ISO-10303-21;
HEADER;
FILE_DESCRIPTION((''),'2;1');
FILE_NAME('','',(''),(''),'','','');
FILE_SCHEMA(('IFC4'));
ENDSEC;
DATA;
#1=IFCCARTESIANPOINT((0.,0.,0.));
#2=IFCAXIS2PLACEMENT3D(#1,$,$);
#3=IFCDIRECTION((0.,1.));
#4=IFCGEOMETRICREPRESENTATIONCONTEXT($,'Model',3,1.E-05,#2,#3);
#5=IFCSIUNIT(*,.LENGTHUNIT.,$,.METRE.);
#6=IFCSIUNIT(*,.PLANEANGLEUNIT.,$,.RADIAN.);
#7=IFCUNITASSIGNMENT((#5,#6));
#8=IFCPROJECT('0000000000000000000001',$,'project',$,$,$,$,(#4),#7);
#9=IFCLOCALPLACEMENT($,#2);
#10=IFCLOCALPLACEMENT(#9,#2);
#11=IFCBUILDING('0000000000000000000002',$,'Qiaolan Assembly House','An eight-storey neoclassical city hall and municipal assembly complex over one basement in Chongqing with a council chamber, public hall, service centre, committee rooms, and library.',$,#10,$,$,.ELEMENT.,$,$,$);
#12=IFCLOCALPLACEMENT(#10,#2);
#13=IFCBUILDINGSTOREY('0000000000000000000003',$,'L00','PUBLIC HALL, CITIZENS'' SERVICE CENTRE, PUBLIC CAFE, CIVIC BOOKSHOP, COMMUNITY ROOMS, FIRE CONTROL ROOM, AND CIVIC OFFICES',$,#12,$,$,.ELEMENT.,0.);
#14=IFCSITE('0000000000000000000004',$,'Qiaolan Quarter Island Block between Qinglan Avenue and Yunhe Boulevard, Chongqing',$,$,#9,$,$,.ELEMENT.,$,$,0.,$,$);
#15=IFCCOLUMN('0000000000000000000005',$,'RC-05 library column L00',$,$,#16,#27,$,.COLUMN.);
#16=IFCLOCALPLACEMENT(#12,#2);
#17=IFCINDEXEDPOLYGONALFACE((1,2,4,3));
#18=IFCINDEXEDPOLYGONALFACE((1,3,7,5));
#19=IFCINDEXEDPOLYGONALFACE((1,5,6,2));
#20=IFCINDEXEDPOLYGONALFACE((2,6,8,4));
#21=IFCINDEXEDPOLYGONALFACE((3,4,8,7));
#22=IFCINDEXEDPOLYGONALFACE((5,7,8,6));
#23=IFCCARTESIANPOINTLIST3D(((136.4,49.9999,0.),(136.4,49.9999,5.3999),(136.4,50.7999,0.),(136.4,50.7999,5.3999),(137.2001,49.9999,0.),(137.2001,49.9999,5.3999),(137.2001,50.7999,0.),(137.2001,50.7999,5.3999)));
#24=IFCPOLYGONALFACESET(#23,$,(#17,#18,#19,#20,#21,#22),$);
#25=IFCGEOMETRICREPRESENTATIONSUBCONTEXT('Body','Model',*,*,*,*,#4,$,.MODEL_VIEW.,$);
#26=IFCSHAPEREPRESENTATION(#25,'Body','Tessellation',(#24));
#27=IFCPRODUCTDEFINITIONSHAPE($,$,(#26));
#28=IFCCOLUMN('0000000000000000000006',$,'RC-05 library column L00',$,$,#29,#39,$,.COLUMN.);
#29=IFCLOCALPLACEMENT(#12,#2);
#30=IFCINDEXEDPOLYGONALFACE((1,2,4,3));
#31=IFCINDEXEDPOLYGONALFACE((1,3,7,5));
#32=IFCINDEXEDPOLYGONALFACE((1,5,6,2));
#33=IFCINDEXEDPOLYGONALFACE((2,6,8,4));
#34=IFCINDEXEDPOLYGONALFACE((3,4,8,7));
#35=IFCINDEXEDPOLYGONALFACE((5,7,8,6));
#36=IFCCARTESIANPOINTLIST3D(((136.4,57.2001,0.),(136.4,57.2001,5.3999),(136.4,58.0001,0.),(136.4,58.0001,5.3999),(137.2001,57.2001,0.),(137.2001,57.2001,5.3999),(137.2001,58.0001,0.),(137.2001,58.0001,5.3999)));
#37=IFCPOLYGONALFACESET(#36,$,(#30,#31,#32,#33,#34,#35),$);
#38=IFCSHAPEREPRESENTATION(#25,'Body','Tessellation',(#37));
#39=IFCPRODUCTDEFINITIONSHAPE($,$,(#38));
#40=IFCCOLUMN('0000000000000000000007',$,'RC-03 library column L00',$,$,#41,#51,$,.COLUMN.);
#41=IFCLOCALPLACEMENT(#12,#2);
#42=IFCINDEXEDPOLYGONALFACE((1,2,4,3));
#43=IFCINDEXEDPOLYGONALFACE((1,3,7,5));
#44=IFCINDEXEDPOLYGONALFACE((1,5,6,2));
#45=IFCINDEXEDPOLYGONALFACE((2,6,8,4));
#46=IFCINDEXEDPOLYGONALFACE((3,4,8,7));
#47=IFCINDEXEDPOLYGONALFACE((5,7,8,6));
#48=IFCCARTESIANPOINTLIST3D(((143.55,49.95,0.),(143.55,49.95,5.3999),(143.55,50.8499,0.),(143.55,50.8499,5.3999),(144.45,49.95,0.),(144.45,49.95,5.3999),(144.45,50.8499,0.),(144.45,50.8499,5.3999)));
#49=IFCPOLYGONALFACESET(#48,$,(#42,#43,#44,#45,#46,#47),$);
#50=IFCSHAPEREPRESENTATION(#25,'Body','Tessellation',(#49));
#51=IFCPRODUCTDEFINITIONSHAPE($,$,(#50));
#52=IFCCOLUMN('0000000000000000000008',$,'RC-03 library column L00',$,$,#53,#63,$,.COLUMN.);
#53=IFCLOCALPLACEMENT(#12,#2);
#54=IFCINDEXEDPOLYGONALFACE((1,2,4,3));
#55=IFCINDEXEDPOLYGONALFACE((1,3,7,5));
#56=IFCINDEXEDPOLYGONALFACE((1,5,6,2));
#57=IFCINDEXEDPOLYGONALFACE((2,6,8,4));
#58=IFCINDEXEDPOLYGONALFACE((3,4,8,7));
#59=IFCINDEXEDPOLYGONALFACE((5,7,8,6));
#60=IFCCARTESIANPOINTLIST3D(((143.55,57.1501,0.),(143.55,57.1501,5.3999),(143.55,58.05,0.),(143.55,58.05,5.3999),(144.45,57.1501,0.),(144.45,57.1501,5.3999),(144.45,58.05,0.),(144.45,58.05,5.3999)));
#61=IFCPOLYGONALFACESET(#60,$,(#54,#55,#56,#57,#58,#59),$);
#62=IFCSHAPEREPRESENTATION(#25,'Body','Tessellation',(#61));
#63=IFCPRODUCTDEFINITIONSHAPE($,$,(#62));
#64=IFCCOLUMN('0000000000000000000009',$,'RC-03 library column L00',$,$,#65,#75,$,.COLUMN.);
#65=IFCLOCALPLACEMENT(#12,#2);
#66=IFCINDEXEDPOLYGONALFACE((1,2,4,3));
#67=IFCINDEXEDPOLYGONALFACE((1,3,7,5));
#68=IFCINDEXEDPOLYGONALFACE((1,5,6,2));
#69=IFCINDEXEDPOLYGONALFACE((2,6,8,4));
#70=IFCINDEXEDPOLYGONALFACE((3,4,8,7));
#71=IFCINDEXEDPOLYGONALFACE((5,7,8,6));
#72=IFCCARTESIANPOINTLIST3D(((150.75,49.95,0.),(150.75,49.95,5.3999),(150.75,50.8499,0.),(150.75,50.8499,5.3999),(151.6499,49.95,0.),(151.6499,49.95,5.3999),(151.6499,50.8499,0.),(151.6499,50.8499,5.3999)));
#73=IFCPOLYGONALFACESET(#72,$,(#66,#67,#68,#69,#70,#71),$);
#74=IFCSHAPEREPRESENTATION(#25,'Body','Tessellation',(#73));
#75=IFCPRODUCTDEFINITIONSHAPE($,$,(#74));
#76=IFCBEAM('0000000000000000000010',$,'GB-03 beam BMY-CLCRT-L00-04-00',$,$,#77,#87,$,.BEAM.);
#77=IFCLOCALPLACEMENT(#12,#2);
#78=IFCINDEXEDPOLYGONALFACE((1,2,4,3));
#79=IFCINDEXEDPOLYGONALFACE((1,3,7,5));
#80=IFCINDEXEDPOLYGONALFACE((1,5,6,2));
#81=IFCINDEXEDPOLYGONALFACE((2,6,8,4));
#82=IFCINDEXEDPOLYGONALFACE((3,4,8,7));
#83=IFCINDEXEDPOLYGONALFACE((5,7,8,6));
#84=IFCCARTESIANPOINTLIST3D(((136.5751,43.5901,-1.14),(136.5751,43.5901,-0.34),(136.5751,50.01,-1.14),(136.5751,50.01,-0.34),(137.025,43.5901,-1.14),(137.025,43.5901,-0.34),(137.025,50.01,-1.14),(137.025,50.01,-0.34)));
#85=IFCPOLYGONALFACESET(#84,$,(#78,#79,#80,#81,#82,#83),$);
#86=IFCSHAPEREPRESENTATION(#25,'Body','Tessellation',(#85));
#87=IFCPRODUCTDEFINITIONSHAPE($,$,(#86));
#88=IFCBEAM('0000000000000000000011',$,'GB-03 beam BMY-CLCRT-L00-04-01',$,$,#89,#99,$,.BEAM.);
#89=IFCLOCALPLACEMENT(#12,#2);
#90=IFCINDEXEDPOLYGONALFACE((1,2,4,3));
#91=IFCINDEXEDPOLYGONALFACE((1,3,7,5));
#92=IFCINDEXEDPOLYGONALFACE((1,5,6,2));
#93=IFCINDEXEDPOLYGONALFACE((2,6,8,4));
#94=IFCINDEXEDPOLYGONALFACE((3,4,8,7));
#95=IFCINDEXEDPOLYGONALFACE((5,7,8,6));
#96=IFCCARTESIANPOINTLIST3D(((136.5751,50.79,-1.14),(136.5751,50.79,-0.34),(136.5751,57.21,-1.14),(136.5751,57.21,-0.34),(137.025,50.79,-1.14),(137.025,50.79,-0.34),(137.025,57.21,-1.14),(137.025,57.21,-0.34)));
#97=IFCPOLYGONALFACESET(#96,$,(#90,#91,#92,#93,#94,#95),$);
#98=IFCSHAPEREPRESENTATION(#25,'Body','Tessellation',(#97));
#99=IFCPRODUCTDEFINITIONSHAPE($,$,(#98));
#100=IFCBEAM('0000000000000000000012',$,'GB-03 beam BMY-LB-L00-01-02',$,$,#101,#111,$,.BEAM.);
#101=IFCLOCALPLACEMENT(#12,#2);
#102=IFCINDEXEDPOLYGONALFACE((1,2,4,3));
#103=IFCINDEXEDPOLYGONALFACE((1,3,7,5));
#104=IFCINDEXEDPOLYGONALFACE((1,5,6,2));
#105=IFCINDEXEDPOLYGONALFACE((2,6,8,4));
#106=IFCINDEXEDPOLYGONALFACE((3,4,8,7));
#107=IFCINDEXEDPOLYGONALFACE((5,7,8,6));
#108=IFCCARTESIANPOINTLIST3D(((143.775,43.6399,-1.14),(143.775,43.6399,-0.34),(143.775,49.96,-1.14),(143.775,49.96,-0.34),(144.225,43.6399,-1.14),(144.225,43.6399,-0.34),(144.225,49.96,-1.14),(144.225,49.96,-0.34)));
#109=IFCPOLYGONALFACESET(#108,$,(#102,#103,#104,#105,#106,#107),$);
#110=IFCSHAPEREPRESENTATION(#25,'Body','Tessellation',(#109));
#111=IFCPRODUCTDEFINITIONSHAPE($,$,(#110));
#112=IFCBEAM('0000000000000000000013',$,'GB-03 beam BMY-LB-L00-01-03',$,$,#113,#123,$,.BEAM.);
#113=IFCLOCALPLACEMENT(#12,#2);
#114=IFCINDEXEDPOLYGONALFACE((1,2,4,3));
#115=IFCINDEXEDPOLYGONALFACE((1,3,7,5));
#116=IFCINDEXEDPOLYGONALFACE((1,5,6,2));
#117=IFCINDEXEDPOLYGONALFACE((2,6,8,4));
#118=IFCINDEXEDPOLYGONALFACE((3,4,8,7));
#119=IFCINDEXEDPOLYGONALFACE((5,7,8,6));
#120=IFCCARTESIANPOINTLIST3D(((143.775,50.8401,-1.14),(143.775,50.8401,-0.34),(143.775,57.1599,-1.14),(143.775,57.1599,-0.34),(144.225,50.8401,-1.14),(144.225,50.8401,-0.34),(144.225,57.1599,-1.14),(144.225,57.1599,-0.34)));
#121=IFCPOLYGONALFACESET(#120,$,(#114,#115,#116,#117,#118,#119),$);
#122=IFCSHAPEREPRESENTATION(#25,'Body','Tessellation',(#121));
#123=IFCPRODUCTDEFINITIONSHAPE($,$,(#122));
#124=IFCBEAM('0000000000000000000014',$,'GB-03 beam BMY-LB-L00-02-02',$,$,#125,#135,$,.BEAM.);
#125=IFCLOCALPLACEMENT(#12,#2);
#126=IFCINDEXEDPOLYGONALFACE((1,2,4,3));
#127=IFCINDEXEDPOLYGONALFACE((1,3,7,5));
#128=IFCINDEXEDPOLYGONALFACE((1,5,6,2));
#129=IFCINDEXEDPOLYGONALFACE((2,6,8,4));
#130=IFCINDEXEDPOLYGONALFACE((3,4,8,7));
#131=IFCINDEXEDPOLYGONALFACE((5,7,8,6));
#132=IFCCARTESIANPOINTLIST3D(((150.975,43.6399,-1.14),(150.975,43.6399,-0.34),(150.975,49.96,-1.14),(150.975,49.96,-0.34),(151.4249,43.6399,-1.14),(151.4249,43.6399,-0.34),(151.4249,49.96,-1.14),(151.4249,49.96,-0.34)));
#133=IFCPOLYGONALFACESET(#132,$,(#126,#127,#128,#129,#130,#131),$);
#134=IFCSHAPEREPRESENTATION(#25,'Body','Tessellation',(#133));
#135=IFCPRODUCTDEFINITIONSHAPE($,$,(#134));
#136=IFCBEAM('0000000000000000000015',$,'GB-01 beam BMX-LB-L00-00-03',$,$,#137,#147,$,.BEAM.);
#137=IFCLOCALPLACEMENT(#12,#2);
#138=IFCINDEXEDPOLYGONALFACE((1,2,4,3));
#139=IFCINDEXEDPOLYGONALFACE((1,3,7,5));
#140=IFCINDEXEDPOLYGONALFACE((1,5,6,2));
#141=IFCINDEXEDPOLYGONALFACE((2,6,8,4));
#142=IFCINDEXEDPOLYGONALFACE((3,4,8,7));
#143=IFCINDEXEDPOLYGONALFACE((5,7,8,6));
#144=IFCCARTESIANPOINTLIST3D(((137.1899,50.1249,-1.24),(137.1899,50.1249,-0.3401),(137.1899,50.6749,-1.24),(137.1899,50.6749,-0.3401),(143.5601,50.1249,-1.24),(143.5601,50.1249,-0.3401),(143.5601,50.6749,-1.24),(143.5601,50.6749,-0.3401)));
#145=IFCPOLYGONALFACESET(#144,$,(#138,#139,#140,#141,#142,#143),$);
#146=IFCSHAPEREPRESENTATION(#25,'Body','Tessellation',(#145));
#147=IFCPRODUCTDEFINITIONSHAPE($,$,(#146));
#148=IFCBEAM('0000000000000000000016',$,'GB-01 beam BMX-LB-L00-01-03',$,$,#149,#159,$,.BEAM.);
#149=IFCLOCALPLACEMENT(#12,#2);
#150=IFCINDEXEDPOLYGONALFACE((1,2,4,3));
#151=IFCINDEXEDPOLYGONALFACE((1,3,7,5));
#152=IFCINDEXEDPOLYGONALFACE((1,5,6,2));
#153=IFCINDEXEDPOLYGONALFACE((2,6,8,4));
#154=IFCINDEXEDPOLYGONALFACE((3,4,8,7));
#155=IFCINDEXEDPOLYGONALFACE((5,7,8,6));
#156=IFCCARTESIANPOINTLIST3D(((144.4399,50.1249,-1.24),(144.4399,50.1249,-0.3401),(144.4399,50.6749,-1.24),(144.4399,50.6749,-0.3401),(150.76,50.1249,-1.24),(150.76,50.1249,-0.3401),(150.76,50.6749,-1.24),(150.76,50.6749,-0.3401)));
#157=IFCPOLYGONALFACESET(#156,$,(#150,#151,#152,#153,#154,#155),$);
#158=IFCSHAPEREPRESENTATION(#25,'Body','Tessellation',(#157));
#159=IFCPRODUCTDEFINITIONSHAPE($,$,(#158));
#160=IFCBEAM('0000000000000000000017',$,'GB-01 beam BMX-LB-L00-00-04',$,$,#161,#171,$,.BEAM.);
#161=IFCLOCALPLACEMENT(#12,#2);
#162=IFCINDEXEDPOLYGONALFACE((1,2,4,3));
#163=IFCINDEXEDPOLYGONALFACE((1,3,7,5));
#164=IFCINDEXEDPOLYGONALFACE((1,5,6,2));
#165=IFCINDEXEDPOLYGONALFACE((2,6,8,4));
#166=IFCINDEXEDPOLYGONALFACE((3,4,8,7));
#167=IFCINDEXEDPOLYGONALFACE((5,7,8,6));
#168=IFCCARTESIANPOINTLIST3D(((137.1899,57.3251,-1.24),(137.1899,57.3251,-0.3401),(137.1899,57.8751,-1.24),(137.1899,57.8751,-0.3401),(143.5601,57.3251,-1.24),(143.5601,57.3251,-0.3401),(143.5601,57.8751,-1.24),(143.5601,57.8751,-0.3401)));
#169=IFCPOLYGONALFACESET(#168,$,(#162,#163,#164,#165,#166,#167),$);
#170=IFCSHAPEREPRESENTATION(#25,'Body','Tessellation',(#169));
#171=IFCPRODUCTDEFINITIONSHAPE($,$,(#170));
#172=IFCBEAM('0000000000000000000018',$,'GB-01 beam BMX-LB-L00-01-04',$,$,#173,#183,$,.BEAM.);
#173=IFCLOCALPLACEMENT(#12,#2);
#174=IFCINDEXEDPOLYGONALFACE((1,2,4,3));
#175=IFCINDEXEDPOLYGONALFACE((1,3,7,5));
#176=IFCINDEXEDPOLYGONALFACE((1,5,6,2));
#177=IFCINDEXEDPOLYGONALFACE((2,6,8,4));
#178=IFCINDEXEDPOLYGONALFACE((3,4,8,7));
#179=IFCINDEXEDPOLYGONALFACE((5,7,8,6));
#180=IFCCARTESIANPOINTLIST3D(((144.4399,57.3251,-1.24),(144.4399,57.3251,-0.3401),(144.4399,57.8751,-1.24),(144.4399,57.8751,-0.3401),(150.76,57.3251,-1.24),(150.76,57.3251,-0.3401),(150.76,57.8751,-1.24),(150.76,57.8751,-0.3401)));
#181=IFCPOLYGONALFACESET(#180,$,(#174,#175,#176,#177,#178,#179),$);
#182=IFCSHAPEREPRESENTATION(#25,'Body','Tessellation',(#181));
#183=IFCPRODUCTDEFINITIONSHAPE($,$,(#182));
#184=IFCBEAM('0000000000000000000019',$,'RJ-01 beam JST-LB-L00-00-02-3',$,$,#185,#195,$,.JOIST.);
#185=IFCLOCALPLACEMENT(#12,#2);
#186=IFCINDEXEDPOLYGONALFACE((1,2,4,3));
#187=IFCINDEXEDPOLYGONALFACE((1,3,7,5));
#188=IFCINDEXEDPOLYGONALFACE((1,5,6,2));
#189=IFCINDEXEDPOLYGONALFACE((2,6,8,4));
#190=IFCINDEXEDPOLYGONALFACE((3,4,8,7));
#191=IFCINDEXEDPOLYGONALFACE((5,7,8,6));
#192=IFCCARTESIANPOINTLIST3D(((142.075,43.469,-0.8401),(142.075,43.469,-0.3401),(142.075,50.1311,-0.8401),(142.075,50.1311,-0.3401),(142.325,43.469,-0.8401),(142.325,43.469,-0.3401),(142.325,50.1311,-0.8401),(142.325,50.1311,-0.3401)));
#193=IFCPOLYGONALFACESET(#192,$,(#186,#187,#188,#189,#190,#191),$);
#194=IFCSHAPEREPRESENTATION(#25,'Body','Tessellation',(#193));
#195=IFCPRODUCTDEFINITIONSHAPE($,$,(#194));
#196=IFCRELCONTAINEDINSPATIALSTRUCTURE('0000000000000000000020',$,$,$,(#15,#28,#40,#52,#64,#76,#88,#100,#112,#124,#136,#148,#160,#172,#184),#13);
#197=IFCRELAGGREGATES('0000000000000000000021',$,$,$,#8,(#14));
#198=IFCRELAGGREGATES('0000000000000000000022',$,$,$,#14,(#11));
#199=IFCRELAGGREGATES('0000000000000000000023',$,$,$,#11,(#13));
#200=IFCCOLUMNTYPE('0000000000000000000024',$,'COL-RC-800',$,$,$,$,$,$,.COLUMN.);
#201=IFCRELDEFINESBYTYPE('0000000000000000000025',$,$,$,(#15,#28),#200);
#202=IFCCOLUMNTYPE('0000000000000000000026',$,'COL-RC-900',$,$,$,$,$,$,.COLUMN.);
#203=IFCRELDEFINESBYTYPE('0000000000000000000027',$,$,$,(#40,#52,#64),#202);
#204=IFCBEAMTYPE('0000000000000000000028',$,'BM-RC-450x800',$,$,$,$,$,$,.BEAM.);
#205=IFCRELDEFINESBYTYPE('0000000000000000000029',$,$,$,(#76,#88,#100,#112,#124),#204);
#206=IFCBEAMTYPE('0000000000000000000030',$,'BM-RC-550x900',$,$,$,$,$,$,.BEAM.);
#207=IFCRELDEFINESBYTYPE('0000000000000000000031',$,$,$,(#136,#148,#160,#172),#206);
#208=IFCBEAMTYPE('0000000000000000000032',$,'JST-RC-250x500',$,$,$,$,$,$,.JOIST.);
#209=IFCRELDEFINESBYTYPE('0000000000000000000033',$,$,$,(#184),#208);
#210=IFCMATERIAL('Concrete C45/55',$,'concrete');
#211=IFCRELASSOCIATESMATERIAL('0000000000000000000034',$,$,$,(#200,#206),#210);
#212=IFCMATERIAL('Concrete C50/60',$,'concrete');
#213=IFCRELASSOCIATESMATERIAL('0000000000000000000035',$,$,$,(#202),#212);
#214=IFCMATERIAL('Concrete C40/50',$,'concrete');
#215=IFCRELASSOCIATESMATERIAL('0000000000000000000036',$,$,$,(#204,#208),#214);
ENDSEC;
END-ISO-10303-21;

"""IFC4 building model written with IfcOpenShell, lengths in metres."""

from ifc_helpers import new_model, si_unit, direction, frame, origin, origin_2d, place, context, subcontext, project, spatial, rectangle, extrude, material, material_profile, profile_set, type_object, element, save


model = new_model("IFC4")

# Units and contexts
model_context = context("Model", 3, precision=1e-05, world=origin(), true_north=direction((0.0, 1.0)))
body_context = subcontext(model_context, "Body", "Model", "MODEL_VIEW")
ifc_project = project(units=[si_unit("LENGTHUNIT", "METRE"), si_unit("PLANEANGLEUNIT", "RADIAN")], contexts=[model_context])

# Site, building, storey
site_placement = place(None, origin())
site = spatial("IfcSite", under=ifc_project, at=site_placement, Name="Qiaolan Quarter Island Block between Qinglan Avenue and Yunhe Boulevard, Chongqing", CompositionType="ELEMENT", RefElevation=0.0)
building_placement = place(site_placement, origin())
building = spatial("IfcBuilding", under=site, at=building_placement, Name="Qiaolan Assembly House", Description="An eight-storey neoclassical city hall and municipal assembly complex over one basement in Chongqing with a council chamber, public hall, service centre, committee rooms, and library.", CompositionType="ELEMENT")
storey_placement = place(building_placement, origin())
storey = spatial("IfcBuildingStorey", under=building, at=storey_placement, Name="L00", Description="PUBLIC HALL, CITIZENS' SERVICE CENTRE, PUBLIC CAFE, CIVIC BOOKSHOP, COMMUNITY ROOMS, FIRE CONTROL ROOM, AND CIVIC OFFICES", CompositionType="ELEMENT", Elevation=0.0)

# Columns
ifc_material_1 = material(Name="Concrete C45/55", Category="concrete")
ifc_material_profile_1 = material_profile(ifc_material_1, rectangle(XDim=0.8, YDim=0.8, at=origin_2d()), Name="RC 800x800")
ifc_profile_set_1 = profile_set([ifc_material_profile_1], Name="Concrete C45/55")
column_type_1 = type_object("IfcColumnType", Name="COL-RC-800", PredefinedType="COLUMN", material=ifc_profile_set_1)
for number, where, z_axis, x_axis, name in (
    (1, (136.8, 50.3999, 0.0), (0.0, 0.0, 1.0), (1.0, 0.0, 0.0), "RC-05 library column L00"),
    (2, (136.8, 57.6001, 0.0), (0.0, 0.0, 1.0), (1.0, 0.0, 0.0), "RC-05 library column L00"),
):
    element("IfcColumn", number, at=place(storey_placement, frame(where, z_axis=z_axis, x_axis=x_axis)), inside=storey, type_object=column_type_1, Name=name, PredefinedType="COLUMN", context=body_context, shape_type="SweptSolid", body=[
        extrude(rectangle(XDim=0.8, YDim=0.8, at=origin_2d()), origin(), (0.0, 0.0, 1.0), 5.3999),
    ])
ifc_material_2 = material(Name="Concrete C50/60", Category="concrete")
ifc_material_profile_2 = material_profile(ifc_material_2, rectangle(XDim=0.8999, YDim=0.8999, at=origin_2d()), Name="RC 900x900")
ifc_profile_set_2 = profile_set([ifc_material_profile_2], Name="Concrete C50/60")
column_type_2 = type_object("IfcColumnType", Name="COL-RC-900", PredefinedType="COLUMN", material=ifc_profile_set_2)
for number, where, z_axis, x_axis, name in (
    (3, (144.0, 50.3999, 0.0), (0.0, 0.0, 1.0), (1.0, 0.0, 0.0), "RC-03 library column L00"),
    (4, (144.0, 57.6001, 0.0), (0.0, 0.0, 1.0), (1.0, 0.0, 0.0), "RC-03 library column L00"),
    (5, (151.2, 50.3999, 0.0), (0.0, 0.0, 1.0), (1.0, 0.0, 0.0), "RC-03 library column L00"),
):
    element("IfcColumn", number, at=place(storey_placement, frame(where, z_axis=z_axis, x_axis=x_axis)), inside=storey, type_object=column_type_2, Name=name, PredefinedType="COLUMN", context=body_context, shape_type="SweptSolid", body=[
        extrude(rectangle(XDim=0.8999, YDim=0.8999, at=origin_2d()), origin(), (0.0, 0.0, 1.0), 5.3999),
    ])

# Beams
ifc_material_3 = material(Name="Concrete C40/50", Category="concrete")
ifc_material_profile_3 = material_profile(ifc_material_3, rectangle(XDim=0.45, YDim=0.8, at=origin_2d()), Name="RCB 450x800")
ifc_profile_set_3 = profile_set([ifc_material_profile_3], Name="Concrete C40/50")
beam_type_1 = type_object("IfcBeamType", Name="BM-RC-450x800", PredefinedType="BEAM", material=ifc_profile_set_3)
for number, where, z_axis, x_axis, name in (
    (6, (136.8, 43.5901, -0.74), (0.0, 1.0, 0.0), (-1.0, 0.0, 0.0), "GB-03 beam BMY-CLCRT-L00-04-00"),
    (7, (136.8, 50.79, -0.74), (0.0, 1.0, 0.0), (-1.0, 0.0, 0.0), "GB-03 beam BMY-CLCRT-L00-04-01"),
):
    element("IfcBeam", number, at=place(storey_placement, frame(where, z_axis=z_axis, x_axis=x_axis)), inside=storey, type_object=beam_type_1, Name=name, PredefinedType="BEAM", context=body_context, shape_type="SweptSolid", body=[
        extrude(rectangle(XDim=0.45, YDim=0.8, at=origin_2d()), origin(), (0.0, 0.0, 1.0), 6.4199),
    ])
beam_1_placement = place(storey_placement, frame((144.0, 43.6399, -0.74), z_axis=(0.0, 1.0, 0.0), x_axis=(-1.0, 0.0, 0.0)))
element("IfcBeam", 8, at=beam_1_placement, inside=storey, type_object=beam_type_1, Name="GB-03 beam BMY-LB-L00-01-02", PredefinedType="BEAM", context=body_context, shape_type="SweptSolid", body=[
    extrude(rectangle(XDim=0.45, YDim=0.8, at=origin_2d()), origin(), (0.0, 0.0, 1.0), 6.3201),
])
beam_2_placement = place(storey_placement, frame((144.0, 50.8401, -0.74), z_axis=(0.0, 1.0, 0.0), x_axis=(-1.0, 0.0, 0.0)))
element("IfcBeam", 9, at=beam_2_placement, inside=storey, type_object=beam_type_1, Name="GB-03 beam BMY-LB-L00-01-03", PredefinedType="BEAM", context=body_context, shape_type="SweptSolid", body=[
    extrude(rectangle(XDim=0.45, YDim=0.8, at=origin_2d()), origin(), (0.0, 0.0, 1.0), 6.3198),
])
beam_3_placement = place(storey_placement, frame((151.2, 43.6399, -0.74), z_axis=(0.0, 1.0, 0.0), x_axis=(-1.0, 0.0, 0.0)))
element("IfcBeam", 10, at=beam_3_placement, inside=storey, type_object=beam_type_1, Name="GB-03 beam BMY-LB-L00-02-02", PredefinedType="BEAM", context=body_context, shape_type="SweptSolid", body=[
    extrude(rectangle(XDim=0.45, YDim=0.8, at=origin_2d()), origin(), (0.0, 0.0, 1.0), 6.3201),
])
ifc_material_profile_4 = material_profile(ifc_material_1, rectangle(XDim=0.55, YDim=0.8999, at=origin_2d()), Name="RCB 550x900")
ifc_profile_set_4 = profile_set([ifc_material_profile_4], Name="Concrete C45/55")
beam_type_2 = type_object("IfcBeamType", Name="BM-RC-550x900", PredefinedType="BEAM", material=ifc_profile_set_4)
beam_4_placement = place(storey_placement, frame((137.1899, 50.3999, -0.79), z_axis=(1.0, 0.0, 0.0), x_axis=(0.0, 1.0, 0.0)))
element("IfcBeam", 11, at=beam_4_placement, inside=storey, type_object=beam_type_2, Name="GB-01 beam BMX-LB-L00-00-03", PredefinedType="BEAM", context=body_context, shape_type="SweptSolid", body=[
    extrude(rectangle(XDim=0.55, YDim=0.8999, at=origin_2d()), origin(), (0.0, 0.0, 1.0), 6.3701),
])
beam_5_placement = place(storey_placement, frame((144.4399, 50.3999, -0.79), z_axis=(1.0, 0.0, 0.0), x_axis=(0.0, 1.0, 0.0)))
element("IfcBeam", 12, at=beam_5_placement, inside=storey, type_object=beam_type_2, Name="GB-01 beam BMX-LB-L00-01-03", PredefinedType="BEAM", context=body_context, shape_type="SweptSolid", body=[
    extrude(rectangle(XDim=0.55, YDim=0.8999, at=origin_2d()), origin(), (0.0, 0.0, 1.0), 6.3201),
])
beam_6_placement = place(storey_placement, frame((137.1899, 57.6001, -0.79), z_axis=(1.0, 0.0, 0.0), x_axis=(0.0, 1.0, 0.0)))
element("IfcBeam", 13, at=beam_6_placement, inside=storey, type_object=beam_type_2, Name="GB-01 beam BMX-LB-L00-00-04", PredefinedType="BEAM", context=body_context, shape_type="SweptSolid", body=[
    extrude(rectangle(XDim=0.55, YDim=0.8999, at=origin_2d()), origin(), (0.0, 0.0, 1.0), 6.3701),
])
beam_7_placement = place(storey_placement, frame((144.4399, 57.6001, -0.79), z_axis=(1.0, 0.0, 0.0), x_axis=(0.0, 1.0, 0.0)))
element("IfcBeam", 14, at=beam_7_placement, inside=storey, type_object=beam_type_2, Name="GB-01 beam BMX-LB-L00-01-04", PredefinedType="BEAM", context=body_context, shape_type="SweptSolid", body=[
    extrude(rectangle(XDim=0.55, YDim=0.8999, at=origin_2d()), origin(), (0.0, 0.0, 1.0), 6.3201),
])
ifc_material_profile_5 = material_profile(ifc_material_3, rectangle(XDim=0.25, YDim=0.5, at=origin_2d()), Name="RCB 250x500")
ifc_profile_set_5 = profile_set([ifc_material_profile_5], Name="Concrete C40/50")
beam_type_3 = type_object("IfcBeamType", Name="JST-RC-250x500", PredefinedType="JOIST", material=ifc_profile_set_5)
for number, where, z_axis, x_axis, name in (
    (15, (142.2, 43.469, -0.5901), (0.0, 1.0, 0.0), (-1.0, 0.0, 0.0), "RJ-01 beam JST-LB-L00-00-02-3"),
):
    element("IfcBeam", number, at=place(storey_placement, frame(where, z_axis=z_axis, x_axis=x_axis)), inside=storey, type_object=beam_type_3, Name=name, PredefinedType="JOIST", context=body_context, shape_type="SweptSolid", body=[
        extrude(rectangle(XDim=0.25, YDim=0.5, at=origin_2d()), origin(), (0.0, 0.0, 1.0), 6.6621),
    ])

save(model, "model.ifc")
